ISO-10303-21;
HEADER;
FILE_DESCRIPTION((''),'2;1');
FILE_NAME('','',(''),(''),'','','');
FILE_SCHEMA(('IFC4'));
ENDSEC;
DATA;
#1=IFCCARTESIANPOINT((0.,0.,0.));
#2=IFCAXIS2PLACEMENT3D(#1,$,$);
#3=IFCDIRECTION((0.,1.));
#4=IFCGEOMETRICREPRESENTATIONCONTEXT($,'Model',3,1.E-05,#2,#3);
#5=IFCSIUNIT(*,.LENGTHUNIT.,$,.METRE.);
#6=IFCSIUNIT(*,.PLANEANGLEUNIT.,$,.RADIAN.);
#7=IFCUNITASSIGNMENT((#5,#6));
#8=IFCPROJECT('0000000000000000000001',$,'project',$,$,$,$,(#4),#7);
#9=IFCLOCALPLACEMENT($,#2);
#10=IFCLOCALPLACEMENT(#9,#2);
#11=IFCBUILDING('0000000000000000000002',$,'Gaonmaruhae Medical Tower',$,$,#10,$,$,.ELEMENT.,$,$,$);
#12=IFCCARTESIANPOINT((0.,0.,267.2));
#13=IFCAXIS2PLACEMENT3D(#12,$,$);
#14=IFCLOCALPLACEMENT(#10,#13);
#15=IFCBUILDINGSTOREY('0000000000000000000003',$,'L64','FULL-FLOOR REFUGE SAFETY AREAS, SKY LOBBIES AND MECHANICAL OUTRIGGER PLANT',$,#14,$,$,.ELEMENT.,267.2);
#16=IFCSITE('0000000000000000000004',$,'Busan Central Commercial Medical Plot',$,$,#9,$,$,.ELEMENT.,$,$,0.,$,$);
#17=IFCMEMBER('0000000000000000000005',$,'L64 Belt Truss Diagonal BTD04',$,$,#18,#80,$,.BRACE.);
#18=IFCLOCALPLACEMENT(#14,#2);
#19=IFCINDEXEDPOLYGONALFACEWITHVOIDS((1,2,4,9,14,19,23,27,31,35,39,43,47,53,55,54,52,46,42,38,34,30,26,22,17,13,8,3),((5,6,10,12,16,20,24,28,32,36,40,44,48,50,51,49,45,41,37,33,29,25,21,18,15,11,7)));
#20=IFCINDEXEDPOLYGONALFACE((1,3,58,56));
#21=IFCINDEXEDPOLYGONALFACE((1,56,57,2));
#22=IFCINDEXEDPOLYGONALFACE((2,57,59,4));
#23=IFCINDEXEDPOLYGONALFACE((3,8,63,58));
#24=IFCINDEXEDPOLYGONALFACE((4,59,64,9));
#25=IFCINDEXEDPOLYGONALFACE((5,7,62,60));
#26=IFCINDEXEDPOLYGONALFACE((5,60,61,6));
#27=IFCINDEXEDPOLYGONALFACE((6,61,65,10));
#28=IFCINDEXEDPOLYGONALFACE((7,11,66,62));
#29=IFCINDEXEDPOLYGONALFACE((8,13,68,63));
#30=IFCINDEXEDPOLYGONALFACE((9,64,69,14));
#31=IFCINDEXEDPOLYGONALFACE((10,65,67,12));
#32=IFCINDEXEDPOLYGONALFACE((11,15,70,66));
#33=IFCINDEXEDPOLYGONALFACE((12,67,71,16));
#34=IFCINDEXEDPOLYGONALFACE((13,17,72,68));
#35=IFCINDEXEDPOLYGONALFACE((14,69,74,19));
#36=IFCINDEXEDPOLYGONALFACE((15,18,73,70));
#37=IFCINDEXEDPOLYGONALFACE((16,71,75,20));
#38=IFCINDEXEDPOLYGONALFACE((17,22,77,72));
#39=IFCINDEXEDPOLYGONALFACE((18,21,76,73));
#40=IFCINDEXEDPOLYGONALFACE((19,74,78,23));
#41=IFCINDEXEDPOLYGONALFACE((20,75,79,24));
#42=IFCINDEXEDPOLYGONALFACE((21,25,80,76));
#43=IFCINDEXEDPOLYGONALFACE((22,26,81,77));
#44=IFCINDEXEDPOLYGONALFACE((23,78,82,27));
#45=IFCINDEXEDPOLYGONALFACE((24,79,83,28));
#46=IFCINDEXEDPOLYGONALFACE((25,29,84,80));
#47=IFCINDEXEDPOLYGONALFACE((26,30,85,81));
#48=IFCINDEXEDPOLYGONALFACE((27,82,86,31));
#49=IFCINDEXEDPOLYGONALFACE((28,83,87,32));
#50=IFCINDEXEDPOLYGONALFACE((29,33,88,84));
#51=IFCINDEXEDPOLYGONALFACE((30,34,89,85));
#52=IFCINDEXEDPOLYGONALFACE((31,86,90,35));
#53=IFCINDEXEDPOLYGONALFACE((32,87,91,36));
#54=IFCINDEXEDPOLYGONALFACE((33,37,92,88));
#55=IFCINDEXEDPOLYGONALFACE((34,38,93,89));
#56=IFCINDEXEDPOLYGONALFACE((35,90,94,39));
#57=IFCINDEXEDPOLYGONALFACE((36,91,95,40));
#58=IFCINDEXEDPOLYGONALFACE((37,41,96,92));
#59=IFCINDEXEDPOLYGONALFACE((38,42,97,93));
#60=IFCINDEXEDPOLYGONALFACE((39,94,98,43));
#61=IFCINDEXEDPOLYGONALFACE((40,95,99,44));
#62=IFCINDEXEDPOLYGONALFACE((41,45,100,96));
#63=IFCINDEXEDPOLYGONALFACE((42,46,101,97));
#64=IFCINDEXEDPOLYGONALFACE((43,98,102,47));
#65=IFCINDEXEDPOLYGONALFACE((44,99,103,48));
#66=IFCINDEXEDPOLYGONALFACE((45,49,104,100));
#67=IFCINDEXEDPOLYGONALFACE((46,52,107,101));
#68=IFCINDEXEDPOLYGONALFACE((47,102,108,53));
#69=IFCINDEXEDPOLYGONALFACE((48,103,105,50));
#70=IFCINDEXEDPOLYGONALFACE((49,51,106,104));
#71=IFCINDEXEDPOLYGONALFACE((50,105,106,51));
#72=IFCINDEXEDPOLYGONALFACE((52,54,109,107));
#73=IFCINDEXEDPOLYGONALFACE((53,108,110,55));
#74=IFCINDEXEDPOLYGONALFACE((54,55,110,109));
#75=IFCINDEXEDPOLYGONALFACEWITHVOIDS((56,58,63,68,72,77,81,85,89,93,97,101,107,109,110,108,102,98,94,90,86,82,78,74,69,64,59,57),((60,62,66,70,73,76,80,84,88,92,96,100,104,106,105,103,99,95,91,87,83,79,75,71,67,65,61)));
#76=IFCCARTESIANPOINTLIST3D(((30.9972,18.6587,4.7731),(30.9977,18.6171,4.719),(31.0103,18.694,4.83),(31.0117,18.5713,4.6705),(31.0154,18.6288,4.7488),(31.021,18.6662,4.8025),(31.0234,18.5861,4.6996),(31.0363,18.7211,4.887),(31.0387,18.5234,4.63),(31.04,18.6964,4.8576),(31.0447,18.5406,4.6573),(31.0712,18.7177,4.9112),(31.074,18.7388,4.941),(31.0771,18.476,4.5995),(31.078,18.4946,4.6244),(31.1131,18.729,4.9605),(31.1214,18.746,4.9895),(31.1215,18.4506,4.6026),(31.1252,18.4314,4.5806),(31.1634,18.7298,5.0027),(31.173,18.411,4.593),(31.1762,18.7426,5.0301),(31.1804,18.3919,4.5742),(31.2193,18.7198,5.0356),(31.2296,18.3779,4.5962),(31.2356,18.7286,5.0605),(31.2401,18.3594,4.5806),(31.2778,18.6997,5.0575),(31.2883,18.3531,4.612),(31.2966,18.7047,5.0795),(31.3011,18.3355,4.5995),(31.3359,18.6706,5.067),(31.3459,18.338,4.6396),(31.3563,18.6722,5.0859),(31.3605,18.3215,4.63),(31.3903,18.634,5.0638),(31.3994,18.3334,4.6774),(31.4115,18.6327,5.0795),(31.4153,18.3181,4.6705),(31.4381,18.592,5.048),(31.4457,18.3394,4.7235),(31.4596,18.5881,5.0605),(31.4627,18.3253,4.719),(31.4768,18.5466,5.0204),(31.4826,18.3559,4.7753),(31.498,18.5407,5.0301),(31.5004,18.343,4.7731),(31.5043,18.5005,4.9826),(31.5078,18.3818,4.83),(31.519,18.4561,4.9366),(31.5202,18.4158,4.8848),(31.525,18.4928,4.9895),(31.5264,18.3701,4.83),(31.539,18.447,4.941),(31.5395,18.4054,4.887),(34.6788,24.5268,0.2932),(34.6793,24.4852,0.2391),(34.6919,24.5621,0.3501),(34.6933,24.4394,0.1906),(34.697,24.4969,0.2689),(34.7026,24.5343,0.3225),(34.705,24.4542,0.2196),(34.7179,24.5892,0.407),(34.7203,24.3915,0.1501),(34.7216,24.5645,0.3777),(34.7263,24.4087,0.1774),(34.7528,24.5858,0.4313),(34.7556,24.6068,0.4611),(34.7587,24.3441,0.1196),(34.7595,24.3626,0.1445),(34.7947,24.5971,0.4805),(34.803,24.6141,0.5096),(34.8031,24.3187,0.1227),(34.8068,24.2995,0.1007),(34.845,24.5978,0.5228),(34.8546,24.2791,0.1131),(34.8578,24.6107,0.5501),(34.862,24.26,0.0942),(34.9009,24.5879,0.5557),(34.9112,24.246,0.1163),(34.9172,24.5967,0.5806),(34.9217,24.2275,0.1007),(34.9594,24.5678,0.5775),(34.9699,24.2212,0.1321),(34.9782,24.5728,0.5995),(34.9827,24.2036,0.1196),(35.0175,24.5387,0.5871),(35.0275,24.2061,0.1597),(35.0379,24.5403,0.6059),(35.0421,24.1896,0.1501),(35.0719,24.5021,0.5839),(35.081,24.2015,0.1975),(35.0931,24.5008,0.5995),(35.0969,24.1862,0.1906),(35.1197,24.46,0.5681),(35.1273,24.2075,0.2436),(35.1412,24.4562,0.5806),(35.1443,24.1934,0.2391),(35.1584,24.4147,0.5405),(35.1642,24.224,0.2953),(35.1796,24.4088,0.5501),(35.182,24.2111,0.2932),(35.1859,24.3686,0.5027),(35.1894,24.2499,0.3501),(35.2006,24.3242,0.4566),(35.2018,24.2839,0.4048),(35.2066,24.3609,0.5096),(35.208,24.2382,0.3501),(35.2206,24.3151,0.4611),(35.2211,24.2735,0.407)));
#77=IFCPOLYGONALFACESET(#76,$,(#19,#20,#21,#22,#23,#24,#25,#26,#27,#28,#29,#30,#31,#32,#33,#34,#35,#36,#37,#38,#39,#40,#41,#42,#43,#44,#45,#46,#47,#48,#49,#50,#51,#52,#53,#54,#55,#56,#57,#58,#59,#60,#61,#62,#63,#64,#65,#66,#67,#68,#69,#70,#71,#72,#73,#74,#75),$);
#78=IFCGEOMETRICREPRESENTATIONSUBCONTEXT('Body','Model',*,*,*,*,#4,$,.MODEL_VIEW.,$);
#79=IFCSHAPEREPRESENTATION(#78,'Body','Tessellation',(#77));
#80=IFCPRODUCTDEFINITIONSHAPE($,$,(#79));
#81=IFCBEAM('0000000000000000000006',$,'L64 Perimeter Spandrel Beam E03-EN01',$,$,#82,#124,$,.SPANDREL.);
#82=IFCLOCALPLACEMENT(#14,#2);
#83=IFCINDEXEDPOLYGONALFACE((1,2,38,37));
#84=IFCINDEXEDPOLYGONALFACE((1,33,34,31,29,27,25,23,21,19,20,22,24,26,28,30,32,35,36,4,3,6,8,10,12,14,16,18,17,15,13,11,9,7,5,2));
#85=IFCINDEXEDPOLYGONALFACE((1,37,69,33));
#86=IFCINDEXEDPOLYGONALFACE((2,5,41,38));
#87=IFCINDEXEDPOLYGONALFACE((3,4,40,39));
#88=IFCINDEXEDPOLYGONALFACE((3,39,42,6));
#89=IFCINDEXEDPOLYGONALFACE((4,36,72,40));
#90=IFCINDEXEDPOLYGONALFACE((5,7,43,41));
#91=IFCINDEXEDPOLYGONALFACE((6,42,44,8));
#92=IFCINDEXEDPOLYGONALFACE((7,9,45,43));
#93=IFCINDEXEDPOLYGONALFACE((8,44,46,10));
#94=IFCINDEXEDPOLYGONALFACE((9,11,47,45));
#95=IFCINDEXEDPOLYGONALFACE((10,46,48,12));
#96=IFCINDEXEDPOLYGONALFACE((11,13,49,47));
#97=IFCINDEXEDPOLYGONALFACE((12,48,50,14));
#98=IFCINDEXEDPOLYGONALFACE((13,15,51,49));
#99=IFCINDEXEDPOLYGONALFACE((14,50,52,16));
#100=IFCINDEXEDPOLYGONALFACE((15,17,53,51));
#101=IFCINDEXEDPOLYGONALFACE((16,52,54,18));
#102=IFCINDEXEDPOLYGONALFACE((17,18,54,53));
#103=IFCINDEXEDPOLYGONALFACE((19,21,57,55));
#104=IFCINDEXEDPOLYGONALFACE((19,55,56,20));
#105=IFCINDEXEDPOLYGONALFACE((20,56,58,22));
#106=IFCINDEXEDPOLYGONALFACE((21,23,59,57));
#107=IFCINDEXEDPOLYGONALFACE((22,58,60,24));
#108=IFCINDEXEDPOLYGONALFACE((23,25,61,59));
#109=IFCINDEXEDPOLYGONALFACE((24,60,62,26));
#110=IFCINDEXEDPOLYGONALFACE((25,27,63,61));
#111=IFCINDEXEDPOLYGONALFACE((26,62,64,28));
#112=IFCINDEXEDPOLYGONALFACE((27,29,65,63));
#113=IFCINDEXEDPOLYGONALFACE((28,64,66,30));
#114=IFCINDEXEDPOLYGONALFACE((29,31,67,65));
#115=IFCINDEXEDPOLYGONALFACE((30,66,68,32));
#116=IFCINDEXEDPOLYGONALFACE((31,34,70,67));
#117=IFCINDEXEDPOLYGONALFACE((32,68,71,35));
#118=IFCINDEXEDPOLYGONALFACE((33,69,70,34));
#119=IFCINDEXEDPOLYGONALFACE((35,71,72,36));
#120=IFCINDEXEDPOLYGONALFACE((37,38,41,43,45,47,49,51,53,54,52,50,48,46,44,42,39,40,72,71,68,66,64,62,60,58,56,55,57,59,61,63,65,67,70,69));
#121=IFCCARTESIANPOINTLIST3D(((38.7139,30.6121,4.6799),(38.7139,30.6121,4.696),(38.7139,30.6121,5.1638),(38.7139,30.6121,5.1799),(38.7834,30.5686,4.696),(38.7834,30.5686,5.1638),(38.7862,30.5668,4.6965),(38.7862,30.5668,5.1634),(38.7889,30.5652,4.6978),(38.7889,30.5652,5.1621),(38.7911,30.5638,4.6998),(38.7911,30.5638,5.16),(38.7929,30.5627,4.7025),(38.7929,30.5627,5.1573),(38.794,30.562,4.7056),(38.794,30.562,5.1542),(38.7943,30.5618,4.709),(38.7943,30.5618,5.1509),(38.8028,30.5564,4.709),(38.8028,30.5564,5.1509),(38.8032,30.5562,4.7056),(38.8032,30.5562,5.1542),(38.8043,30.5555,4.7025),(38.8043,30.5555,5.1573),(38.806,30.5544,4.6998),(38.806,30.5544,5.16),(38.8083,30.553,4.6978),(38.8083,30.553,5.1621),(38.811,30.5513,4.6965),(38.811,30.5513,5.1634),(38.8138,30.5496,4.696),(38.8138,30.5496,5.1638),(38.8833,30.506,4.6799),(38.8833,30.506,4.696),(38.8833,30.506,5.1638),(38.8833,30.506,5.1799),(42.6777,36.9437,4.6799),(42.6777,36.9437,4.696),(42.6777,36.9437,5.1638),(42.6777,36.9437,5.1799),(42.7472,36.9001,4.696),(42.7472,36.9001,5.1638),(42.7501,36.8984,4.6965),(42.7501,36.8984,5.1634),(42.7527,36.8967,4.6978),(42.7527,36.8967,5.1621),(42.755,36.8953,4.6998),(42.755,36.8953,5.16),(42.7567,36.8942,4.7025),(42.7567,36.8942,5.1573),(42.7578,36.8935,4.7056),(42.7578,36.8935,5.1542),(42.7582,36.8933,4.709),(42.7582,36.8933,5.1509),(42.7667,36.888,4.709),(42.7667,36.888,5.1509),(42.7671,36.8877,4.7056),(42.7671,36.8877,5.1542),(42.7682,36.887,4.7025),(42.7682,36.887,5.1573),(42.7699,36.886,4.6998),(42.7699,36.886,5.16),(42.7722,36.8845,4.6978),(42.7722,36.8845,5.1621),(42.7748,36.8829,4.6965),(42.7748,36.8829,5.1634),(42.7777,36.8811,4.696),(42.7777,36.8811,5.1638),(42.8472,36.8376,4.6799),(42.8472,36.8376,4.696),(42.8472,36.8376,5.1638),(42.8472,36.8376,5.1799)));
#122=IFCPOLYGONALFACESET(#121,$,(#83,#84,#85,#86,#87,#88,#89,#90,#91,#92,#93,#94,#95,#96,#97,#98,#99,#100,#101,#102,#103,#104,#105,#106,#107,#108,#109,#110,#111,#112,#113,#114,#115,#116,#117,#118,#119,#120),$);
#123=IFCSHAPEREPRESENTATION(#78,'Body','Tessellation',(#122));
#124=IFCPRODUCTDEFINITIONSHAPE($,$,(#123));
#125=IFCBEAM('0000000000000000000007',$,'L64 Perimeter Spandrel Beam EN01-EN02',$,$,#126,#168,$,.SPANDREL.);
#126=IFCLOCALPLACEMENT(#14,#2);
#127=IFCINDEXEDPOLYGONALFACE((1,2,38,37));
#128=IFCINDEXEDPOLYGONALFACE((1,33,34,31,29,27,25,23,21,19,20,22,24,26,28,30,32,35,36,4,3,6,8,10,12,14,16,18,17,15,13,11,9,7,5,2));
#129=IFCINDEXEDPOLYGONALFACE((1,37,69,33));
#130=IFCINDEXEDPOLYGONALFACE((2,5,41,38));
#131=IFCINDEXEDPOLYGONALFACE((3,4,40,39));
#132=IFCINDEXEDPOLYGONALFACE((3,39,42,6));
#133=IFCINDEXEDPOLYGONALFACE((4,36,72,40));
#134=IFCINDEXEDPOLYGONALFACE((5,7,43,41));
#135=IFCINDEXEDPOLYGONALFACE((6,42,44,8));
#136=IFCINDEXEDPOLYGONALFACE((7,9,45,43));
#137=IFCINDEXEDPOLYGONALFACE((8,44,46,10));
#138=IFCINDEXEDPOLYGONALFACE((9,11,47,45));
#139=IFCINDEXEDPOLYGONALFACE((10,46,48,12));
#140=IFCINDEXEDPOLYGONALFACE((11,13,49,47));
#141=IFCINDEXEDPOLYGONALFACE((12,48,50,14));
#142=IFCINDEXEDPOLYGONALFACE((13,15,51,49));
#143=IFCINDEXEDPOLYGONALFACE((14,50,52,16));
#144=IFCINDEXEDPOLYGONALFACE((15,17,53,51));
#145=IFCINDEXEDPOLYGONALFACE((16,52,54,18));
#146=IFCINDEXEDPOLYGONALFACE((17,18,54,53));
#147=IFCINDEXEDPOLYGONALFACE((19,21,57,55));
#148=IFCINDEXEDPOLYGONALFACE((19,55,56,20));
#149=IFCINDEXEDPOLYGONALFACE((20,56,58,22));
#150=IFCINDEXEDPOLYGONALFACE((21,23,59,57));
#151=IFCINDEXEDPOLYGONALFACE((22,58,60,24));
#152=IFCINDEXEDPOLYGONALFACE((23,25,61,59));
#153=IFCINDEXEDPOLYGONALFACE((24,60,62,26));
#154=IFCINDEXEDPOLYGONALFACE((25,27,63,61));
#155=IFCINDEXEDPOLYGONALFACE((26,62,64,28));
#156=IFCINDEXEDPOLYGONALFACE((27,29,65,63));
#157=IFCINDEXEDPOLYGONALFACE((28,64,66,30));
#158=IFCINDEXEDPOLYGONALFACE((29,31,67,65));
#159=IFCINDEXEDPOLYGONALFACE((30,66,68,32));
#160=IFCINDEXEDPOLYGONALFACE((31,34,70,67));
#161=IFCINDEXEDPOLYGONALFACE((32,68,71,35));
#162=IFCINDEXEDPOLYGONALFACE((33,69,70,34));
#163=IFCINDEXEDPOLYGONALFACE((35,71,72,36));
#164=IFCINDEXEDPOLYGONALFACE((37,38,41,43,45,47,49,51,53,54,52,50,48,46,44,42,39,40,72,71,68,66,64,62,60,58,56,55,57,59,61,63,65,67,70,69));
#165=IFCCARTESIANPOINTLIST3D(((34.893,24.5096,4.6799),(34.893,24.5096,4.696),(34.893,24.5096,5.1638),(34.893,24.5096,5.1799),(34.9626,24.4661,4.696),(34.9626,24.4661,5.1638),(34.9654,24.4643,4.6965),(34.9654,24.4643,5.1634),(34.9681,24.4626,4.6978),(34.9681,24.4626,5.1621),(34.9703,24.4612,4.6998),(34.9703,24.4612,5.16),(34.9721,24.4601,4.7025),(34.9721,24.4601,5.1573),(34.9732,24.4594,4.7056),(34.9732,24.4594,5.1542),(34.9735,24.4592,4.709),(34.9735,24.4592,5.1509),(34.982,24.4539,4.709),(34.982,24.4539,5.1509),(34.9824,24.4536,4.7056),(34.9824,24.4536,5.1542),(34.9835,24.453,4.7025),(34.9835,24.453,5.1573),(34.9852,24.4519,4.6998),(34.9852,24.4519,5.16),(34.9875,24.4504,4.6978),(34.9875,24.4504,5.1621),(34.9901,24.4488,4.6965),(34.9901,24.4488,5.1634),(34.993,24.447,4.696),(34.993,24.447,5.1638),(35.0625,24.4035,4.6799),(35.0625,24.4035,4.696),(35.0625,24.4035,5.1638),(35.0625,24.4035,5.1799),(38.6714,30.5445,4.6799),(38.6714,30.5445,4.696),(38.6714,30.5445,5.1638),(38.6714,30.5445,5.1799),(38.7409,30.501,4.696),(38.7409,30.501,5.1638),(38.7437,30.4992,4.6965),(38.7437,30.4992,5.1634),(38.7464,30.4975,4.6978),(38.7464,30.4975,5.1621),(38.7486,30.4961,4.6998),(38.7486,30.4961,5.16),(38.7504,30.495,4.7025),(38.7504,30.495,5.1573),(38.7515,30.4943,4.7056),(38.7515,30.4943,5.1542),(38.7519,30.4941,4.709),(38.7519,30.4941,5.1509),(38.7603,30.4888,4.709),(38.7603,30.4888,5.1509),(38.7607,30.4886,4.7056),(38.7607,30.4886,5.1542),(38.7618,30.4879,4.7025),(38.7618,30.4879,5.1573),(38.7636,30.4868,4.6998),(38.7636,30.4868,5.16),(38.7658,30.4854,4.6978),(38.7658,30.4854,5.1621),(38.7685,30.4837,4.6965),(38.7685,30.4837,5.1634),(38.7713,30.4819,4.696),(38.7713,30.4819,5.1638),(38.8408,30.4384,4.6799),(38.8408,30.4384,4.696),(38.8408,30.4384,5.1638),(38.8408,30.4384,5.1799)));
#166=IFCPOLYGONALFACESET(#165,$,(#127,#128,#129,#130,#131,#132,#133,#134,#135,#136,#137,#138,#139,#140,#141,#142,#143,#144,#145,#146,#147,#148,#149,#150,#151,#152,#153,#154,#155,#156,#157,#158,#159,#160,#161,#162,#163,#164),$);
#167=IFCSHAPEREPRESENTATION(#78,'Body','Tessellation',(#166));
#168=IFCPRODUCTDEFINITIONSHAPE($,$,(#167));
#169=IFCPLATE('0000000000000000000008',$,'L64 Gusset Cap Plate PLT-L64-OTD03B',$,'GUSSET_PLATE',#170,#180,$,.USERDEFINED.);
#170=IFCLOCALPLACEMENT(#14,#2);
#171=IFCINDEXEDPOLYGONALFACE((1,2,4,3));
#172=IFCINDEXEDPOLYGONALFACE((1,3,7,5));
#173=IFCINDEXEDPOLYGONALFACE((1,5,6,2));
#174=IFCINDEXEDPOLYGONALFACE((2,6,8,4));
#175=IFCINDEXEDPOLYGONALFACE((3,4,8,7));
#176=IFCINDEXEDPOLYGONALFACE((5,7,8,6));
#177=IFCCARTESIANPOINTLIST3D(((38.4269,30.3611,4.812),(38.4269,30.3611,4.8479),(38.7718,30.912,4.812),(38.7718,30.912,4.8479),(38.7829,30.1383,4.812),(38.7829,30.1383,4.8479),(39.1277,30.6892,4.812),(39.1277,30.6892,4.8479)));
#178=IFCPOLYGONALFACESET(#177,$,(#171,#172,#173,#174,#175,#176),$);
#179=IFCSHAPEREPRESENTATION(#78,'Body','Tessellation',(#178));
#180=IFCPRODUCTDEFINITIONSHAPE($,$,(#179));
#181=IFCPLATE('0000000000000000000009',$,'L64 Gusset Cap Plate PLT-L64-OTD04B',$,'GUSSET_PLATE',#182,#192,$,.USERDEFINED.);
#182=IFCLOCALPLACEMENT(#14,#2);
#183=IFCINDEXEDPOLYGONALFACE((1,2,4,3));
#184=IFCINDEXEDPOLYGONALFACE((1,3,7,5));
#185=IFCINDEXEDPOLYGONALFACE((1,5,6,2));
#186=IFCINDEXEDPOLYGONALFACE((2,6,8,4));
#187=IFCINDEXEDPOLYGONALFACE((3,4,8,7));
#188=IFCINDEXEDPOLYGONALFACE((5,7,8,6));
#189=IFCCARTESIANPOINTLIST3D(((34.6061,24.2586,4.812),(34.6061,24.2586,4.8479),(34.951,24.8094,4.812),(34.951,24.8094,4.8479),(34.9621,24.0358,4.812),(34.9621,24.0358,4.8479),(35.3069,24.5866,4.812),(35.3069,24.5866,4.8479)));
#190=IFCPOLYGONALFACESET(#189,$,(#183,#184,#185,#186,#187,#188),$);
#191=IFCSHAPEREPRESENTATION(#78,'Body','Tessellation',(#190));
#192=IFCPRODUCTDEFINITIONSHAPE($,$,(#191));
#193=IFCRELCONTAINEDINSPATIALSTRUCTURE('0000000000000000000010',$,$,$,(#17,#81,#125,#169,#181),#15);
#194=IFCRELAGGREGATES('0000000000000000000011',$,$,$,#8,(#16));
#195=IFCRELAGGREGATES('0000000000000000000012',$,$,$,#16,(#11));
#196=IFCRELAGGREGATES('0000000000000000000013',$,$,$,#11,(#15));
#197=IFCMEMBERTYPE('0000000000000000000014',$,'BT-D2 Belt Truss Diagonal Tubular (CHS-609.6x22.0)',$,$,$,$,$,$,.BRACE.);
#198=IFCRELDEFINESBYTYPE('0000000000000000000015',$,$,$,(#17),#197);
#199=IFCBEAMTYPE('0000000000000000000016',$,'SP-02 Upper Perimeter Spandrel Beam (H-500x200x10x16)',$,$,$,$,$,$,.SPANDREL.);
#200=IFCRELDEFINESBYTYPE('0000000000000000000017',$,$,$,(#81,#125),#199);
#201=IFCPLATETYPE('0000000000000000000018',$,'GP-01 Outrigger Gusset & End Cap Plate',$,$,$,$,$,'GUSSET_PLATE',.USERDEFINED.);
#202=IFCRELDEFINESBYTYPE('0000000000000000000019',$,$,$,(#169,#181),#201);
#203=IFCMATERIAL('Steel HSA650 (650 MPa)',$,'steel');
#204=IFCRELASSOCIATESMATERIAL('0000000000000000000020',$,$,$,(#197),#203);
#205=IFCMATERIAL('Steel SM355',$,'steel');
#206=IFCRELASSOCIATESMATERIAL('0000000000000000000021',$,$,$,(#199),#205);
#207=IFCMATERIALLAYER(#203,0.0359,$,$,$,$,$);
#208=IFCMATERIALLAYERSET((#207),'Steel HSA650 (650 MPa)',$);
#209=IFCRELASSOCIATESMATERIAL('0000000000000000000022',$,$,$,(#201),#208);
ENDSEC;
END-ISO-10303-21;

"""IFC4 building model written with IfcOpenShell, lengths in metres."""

from ifc_helpers import new_model, si_unit, direction, frame, origin, origin_2d, place, context, subcontext, project, spatial, rectangle, hollow_circle, i_section, extrude, material, layer, layer_set, material_profile, profile_set, type_object, element, save


model = new_model("IFC4")

# Units and contexts
model_context = context("Model", 3, precision=1e-05, world=origin(), true_north=direction((0.0, 1.0)))
body_context = subcontext(model_context, "Body", "Model", "MODEL_VIEW")
ifc_project = project(units=[si_unit("LENGTHUNIT", "METRE"), si_unit("PLANEANGLEUNIT", "RADIAN")], contexts=[model_context])

# Site, building, storey
site_placement = place(None, origin())
site = spatial("IfcSite", under=ifc_project, at=site_placement, Name="Busan Central Commercial Medical Plot", CompositionType="ELEMENT", RefElevation=0.0)
building_placement = place(site_placement, origin())
building = spatial("IfcBuilding", under=site, at=building_placement, Name="Gaonmaruhae Medical Tower", CompositionType="ELEMENT")
storey_placement = place(building_placement, frame((0.0, 0.0, 267.2)))
storey = spatial("IfcBuildingStorey", under=building, at=storey_placement, Name="L64", Description="FULL-FLOOR REFUGE SAFETY AREAS, SKY LOBBIES AND MECHANICAL OUTRIGGER PLANT", CompositionType="ELEMENT", Elevation=267.2)

# Member
ifc_material_1 = material(Name="Steel HSA650 (650 MPa)", Category="steel")
ifc_material_profile_1 = material_profile(ifc_material_1, hollow_circle(Radius=0.3047, WallThickness=0.022, at=origin_2d()), Name="CHS-609.6x22.0")
ifc_profile_set_1 = profile_set([ifc_material_profile_1], Name="Steel HSA650 (650 MPa)")
member_type_1 = type_object("IfcMemberType", Name="BT-D2 Belt Truss Diagonal Tubular (CHS-609.6x22.0)", PredefinedType="BRACE", material=ifc_profile_set_1)
member_1_placement = place(storey_placement, frame((34.95, 24.4001, 0.3501), z_axis=(-0.446267, -0.711305, 0.543038), x_axis=(0.847086, -0.531455, 0.0)))
element("IfcMember", 1, at=member_1_placement, inside=storey, type_object=member_type_1, Name="L64 Belt Truss Diagonal BTD04", PredefinedType="BRACE", context=body_context, shape_type="SweptSolid", body=[
    extrude(hollow_circle(Radius=0.3047, WallThickness=0.022, at=origin_2d()), origin(), (0.0, 0.0, 1.0), 8.2498),
])

# Beams
ifc_material_2 = material(Name="Steel SM355", Category="steel")
ifc_material_profile_2 = material_profile(ifc_material_2, i_section(OverallWidth=0.2, OverallDepth=0.5, WebThickness=0.01, FlangeThickness=0.0161, FilletRadius=0.0129, at=origin_2d()), Name="H-500x200x10x16")
ifc_profile_set_2 = profile_set([ifc_material_profile_2], Name="Steel SM355")
beam_type = type_object("IfcBeamType", Name="SP-02 Upper Perimeter Spandrel Beam (H-500x200x10x16)", PredefinedType="SPANDREL", material=ifc_profile_set_2)
beam_1_placement = place(storey_placement, frame((42.7625, 36.8906, 4.9299), z_axis=(-0.530639, -0.847598, 0.0), x_axis=(0.847598, -0.530639, 0.0)))
element("IfcBeam", 2, at=beam_1_placement, inside=storey, type_object=beam_type, Name="L64 Perimeter Spandrel Beam E03-EN01", PredefinedType="SPANDREL", context=body_context, shape_type="SweptSolid", body=[
    extrude(i_section(OverallWidth=0.2, OverallDepth=0.5, WebThickness=0.01, FlangeThickness=0.0161, FilletRadius=0.0129, at=origin_2d()), origin(), (0.0, 0.0, 1.0), 7.47),
])
beam_2_placement = place(storey_placement, frame((38.7561, 30.4915, 4.9299), z_axis=(-0.530655, -0.847588, 0.0), x_axis=(0.847588, -0.530655, 0.0)))
element("IfcBeam", 3, at=beam_2_placement, inside=storey, type_object=beam_type, Name="L64 Perimeter Spandrel Beam EN01-EN02", PredefinedType="SPANDREL", context=body_context, shape_type="SweptSolid", body=[
    extrude(i_section(OverallWidth=0.2, OverallDepth=0.5, WebThickness=0.01, FlangeThickness=0.0161, FilletRadius=0.0129, at=origin_2d()), origin(), (0.0, 0.0, 1.0), 7.1201),
])

# Plates
ifc_layer_1 = layer(ifc_material_1, 0.0359)
ifc_layer_set_1 = layer_set([ifc_layer_1], Name="Steel HSA650 (650 MPa)")
plate_type_1 = type_object("IfcPlateType", Name="GP-01 Outrigger Gusset & End Cap Plate", ElementType="GUSSET_PLATE", PredefinedType="USERDEFINED", material=ifc_layer_set_1)
for number, where, z_axis, x_axis, name in (
    (4, (38.7773, 30.5251, 4.812), (0.0, 0.0, 1.0), (0.530659, 0.847585, 0.0), "L64 Gusset Cap Plate PLT-L64-OTD03B"),
    (5, (34.9565, 24.4226, 4.812), (0.0, 0.0, 1.0), (0.530659, 0.847585, 0.0), "L64 Gusset Cap Plate PLT-L64-OTD04B"),
):
    element("IfcPlate", number, at=place(storey_placement, frame(where, z_axis=z_axis, x_axis=x_axis)), inside=storey, type_object=plate_type_1, Name=name, ObjectType="GUSSET_PLATE", PredefinedType="USERDEFINED", context=body_context, shape_type="SweptSolid", body=[
        extrude(rectangle(XDim=0.6499, YDim=0.4199, at=origin_2d()), origin(), (0.0, 0.0, 1.0), 0.0359),
    ])

save(model, "model.ifc")
